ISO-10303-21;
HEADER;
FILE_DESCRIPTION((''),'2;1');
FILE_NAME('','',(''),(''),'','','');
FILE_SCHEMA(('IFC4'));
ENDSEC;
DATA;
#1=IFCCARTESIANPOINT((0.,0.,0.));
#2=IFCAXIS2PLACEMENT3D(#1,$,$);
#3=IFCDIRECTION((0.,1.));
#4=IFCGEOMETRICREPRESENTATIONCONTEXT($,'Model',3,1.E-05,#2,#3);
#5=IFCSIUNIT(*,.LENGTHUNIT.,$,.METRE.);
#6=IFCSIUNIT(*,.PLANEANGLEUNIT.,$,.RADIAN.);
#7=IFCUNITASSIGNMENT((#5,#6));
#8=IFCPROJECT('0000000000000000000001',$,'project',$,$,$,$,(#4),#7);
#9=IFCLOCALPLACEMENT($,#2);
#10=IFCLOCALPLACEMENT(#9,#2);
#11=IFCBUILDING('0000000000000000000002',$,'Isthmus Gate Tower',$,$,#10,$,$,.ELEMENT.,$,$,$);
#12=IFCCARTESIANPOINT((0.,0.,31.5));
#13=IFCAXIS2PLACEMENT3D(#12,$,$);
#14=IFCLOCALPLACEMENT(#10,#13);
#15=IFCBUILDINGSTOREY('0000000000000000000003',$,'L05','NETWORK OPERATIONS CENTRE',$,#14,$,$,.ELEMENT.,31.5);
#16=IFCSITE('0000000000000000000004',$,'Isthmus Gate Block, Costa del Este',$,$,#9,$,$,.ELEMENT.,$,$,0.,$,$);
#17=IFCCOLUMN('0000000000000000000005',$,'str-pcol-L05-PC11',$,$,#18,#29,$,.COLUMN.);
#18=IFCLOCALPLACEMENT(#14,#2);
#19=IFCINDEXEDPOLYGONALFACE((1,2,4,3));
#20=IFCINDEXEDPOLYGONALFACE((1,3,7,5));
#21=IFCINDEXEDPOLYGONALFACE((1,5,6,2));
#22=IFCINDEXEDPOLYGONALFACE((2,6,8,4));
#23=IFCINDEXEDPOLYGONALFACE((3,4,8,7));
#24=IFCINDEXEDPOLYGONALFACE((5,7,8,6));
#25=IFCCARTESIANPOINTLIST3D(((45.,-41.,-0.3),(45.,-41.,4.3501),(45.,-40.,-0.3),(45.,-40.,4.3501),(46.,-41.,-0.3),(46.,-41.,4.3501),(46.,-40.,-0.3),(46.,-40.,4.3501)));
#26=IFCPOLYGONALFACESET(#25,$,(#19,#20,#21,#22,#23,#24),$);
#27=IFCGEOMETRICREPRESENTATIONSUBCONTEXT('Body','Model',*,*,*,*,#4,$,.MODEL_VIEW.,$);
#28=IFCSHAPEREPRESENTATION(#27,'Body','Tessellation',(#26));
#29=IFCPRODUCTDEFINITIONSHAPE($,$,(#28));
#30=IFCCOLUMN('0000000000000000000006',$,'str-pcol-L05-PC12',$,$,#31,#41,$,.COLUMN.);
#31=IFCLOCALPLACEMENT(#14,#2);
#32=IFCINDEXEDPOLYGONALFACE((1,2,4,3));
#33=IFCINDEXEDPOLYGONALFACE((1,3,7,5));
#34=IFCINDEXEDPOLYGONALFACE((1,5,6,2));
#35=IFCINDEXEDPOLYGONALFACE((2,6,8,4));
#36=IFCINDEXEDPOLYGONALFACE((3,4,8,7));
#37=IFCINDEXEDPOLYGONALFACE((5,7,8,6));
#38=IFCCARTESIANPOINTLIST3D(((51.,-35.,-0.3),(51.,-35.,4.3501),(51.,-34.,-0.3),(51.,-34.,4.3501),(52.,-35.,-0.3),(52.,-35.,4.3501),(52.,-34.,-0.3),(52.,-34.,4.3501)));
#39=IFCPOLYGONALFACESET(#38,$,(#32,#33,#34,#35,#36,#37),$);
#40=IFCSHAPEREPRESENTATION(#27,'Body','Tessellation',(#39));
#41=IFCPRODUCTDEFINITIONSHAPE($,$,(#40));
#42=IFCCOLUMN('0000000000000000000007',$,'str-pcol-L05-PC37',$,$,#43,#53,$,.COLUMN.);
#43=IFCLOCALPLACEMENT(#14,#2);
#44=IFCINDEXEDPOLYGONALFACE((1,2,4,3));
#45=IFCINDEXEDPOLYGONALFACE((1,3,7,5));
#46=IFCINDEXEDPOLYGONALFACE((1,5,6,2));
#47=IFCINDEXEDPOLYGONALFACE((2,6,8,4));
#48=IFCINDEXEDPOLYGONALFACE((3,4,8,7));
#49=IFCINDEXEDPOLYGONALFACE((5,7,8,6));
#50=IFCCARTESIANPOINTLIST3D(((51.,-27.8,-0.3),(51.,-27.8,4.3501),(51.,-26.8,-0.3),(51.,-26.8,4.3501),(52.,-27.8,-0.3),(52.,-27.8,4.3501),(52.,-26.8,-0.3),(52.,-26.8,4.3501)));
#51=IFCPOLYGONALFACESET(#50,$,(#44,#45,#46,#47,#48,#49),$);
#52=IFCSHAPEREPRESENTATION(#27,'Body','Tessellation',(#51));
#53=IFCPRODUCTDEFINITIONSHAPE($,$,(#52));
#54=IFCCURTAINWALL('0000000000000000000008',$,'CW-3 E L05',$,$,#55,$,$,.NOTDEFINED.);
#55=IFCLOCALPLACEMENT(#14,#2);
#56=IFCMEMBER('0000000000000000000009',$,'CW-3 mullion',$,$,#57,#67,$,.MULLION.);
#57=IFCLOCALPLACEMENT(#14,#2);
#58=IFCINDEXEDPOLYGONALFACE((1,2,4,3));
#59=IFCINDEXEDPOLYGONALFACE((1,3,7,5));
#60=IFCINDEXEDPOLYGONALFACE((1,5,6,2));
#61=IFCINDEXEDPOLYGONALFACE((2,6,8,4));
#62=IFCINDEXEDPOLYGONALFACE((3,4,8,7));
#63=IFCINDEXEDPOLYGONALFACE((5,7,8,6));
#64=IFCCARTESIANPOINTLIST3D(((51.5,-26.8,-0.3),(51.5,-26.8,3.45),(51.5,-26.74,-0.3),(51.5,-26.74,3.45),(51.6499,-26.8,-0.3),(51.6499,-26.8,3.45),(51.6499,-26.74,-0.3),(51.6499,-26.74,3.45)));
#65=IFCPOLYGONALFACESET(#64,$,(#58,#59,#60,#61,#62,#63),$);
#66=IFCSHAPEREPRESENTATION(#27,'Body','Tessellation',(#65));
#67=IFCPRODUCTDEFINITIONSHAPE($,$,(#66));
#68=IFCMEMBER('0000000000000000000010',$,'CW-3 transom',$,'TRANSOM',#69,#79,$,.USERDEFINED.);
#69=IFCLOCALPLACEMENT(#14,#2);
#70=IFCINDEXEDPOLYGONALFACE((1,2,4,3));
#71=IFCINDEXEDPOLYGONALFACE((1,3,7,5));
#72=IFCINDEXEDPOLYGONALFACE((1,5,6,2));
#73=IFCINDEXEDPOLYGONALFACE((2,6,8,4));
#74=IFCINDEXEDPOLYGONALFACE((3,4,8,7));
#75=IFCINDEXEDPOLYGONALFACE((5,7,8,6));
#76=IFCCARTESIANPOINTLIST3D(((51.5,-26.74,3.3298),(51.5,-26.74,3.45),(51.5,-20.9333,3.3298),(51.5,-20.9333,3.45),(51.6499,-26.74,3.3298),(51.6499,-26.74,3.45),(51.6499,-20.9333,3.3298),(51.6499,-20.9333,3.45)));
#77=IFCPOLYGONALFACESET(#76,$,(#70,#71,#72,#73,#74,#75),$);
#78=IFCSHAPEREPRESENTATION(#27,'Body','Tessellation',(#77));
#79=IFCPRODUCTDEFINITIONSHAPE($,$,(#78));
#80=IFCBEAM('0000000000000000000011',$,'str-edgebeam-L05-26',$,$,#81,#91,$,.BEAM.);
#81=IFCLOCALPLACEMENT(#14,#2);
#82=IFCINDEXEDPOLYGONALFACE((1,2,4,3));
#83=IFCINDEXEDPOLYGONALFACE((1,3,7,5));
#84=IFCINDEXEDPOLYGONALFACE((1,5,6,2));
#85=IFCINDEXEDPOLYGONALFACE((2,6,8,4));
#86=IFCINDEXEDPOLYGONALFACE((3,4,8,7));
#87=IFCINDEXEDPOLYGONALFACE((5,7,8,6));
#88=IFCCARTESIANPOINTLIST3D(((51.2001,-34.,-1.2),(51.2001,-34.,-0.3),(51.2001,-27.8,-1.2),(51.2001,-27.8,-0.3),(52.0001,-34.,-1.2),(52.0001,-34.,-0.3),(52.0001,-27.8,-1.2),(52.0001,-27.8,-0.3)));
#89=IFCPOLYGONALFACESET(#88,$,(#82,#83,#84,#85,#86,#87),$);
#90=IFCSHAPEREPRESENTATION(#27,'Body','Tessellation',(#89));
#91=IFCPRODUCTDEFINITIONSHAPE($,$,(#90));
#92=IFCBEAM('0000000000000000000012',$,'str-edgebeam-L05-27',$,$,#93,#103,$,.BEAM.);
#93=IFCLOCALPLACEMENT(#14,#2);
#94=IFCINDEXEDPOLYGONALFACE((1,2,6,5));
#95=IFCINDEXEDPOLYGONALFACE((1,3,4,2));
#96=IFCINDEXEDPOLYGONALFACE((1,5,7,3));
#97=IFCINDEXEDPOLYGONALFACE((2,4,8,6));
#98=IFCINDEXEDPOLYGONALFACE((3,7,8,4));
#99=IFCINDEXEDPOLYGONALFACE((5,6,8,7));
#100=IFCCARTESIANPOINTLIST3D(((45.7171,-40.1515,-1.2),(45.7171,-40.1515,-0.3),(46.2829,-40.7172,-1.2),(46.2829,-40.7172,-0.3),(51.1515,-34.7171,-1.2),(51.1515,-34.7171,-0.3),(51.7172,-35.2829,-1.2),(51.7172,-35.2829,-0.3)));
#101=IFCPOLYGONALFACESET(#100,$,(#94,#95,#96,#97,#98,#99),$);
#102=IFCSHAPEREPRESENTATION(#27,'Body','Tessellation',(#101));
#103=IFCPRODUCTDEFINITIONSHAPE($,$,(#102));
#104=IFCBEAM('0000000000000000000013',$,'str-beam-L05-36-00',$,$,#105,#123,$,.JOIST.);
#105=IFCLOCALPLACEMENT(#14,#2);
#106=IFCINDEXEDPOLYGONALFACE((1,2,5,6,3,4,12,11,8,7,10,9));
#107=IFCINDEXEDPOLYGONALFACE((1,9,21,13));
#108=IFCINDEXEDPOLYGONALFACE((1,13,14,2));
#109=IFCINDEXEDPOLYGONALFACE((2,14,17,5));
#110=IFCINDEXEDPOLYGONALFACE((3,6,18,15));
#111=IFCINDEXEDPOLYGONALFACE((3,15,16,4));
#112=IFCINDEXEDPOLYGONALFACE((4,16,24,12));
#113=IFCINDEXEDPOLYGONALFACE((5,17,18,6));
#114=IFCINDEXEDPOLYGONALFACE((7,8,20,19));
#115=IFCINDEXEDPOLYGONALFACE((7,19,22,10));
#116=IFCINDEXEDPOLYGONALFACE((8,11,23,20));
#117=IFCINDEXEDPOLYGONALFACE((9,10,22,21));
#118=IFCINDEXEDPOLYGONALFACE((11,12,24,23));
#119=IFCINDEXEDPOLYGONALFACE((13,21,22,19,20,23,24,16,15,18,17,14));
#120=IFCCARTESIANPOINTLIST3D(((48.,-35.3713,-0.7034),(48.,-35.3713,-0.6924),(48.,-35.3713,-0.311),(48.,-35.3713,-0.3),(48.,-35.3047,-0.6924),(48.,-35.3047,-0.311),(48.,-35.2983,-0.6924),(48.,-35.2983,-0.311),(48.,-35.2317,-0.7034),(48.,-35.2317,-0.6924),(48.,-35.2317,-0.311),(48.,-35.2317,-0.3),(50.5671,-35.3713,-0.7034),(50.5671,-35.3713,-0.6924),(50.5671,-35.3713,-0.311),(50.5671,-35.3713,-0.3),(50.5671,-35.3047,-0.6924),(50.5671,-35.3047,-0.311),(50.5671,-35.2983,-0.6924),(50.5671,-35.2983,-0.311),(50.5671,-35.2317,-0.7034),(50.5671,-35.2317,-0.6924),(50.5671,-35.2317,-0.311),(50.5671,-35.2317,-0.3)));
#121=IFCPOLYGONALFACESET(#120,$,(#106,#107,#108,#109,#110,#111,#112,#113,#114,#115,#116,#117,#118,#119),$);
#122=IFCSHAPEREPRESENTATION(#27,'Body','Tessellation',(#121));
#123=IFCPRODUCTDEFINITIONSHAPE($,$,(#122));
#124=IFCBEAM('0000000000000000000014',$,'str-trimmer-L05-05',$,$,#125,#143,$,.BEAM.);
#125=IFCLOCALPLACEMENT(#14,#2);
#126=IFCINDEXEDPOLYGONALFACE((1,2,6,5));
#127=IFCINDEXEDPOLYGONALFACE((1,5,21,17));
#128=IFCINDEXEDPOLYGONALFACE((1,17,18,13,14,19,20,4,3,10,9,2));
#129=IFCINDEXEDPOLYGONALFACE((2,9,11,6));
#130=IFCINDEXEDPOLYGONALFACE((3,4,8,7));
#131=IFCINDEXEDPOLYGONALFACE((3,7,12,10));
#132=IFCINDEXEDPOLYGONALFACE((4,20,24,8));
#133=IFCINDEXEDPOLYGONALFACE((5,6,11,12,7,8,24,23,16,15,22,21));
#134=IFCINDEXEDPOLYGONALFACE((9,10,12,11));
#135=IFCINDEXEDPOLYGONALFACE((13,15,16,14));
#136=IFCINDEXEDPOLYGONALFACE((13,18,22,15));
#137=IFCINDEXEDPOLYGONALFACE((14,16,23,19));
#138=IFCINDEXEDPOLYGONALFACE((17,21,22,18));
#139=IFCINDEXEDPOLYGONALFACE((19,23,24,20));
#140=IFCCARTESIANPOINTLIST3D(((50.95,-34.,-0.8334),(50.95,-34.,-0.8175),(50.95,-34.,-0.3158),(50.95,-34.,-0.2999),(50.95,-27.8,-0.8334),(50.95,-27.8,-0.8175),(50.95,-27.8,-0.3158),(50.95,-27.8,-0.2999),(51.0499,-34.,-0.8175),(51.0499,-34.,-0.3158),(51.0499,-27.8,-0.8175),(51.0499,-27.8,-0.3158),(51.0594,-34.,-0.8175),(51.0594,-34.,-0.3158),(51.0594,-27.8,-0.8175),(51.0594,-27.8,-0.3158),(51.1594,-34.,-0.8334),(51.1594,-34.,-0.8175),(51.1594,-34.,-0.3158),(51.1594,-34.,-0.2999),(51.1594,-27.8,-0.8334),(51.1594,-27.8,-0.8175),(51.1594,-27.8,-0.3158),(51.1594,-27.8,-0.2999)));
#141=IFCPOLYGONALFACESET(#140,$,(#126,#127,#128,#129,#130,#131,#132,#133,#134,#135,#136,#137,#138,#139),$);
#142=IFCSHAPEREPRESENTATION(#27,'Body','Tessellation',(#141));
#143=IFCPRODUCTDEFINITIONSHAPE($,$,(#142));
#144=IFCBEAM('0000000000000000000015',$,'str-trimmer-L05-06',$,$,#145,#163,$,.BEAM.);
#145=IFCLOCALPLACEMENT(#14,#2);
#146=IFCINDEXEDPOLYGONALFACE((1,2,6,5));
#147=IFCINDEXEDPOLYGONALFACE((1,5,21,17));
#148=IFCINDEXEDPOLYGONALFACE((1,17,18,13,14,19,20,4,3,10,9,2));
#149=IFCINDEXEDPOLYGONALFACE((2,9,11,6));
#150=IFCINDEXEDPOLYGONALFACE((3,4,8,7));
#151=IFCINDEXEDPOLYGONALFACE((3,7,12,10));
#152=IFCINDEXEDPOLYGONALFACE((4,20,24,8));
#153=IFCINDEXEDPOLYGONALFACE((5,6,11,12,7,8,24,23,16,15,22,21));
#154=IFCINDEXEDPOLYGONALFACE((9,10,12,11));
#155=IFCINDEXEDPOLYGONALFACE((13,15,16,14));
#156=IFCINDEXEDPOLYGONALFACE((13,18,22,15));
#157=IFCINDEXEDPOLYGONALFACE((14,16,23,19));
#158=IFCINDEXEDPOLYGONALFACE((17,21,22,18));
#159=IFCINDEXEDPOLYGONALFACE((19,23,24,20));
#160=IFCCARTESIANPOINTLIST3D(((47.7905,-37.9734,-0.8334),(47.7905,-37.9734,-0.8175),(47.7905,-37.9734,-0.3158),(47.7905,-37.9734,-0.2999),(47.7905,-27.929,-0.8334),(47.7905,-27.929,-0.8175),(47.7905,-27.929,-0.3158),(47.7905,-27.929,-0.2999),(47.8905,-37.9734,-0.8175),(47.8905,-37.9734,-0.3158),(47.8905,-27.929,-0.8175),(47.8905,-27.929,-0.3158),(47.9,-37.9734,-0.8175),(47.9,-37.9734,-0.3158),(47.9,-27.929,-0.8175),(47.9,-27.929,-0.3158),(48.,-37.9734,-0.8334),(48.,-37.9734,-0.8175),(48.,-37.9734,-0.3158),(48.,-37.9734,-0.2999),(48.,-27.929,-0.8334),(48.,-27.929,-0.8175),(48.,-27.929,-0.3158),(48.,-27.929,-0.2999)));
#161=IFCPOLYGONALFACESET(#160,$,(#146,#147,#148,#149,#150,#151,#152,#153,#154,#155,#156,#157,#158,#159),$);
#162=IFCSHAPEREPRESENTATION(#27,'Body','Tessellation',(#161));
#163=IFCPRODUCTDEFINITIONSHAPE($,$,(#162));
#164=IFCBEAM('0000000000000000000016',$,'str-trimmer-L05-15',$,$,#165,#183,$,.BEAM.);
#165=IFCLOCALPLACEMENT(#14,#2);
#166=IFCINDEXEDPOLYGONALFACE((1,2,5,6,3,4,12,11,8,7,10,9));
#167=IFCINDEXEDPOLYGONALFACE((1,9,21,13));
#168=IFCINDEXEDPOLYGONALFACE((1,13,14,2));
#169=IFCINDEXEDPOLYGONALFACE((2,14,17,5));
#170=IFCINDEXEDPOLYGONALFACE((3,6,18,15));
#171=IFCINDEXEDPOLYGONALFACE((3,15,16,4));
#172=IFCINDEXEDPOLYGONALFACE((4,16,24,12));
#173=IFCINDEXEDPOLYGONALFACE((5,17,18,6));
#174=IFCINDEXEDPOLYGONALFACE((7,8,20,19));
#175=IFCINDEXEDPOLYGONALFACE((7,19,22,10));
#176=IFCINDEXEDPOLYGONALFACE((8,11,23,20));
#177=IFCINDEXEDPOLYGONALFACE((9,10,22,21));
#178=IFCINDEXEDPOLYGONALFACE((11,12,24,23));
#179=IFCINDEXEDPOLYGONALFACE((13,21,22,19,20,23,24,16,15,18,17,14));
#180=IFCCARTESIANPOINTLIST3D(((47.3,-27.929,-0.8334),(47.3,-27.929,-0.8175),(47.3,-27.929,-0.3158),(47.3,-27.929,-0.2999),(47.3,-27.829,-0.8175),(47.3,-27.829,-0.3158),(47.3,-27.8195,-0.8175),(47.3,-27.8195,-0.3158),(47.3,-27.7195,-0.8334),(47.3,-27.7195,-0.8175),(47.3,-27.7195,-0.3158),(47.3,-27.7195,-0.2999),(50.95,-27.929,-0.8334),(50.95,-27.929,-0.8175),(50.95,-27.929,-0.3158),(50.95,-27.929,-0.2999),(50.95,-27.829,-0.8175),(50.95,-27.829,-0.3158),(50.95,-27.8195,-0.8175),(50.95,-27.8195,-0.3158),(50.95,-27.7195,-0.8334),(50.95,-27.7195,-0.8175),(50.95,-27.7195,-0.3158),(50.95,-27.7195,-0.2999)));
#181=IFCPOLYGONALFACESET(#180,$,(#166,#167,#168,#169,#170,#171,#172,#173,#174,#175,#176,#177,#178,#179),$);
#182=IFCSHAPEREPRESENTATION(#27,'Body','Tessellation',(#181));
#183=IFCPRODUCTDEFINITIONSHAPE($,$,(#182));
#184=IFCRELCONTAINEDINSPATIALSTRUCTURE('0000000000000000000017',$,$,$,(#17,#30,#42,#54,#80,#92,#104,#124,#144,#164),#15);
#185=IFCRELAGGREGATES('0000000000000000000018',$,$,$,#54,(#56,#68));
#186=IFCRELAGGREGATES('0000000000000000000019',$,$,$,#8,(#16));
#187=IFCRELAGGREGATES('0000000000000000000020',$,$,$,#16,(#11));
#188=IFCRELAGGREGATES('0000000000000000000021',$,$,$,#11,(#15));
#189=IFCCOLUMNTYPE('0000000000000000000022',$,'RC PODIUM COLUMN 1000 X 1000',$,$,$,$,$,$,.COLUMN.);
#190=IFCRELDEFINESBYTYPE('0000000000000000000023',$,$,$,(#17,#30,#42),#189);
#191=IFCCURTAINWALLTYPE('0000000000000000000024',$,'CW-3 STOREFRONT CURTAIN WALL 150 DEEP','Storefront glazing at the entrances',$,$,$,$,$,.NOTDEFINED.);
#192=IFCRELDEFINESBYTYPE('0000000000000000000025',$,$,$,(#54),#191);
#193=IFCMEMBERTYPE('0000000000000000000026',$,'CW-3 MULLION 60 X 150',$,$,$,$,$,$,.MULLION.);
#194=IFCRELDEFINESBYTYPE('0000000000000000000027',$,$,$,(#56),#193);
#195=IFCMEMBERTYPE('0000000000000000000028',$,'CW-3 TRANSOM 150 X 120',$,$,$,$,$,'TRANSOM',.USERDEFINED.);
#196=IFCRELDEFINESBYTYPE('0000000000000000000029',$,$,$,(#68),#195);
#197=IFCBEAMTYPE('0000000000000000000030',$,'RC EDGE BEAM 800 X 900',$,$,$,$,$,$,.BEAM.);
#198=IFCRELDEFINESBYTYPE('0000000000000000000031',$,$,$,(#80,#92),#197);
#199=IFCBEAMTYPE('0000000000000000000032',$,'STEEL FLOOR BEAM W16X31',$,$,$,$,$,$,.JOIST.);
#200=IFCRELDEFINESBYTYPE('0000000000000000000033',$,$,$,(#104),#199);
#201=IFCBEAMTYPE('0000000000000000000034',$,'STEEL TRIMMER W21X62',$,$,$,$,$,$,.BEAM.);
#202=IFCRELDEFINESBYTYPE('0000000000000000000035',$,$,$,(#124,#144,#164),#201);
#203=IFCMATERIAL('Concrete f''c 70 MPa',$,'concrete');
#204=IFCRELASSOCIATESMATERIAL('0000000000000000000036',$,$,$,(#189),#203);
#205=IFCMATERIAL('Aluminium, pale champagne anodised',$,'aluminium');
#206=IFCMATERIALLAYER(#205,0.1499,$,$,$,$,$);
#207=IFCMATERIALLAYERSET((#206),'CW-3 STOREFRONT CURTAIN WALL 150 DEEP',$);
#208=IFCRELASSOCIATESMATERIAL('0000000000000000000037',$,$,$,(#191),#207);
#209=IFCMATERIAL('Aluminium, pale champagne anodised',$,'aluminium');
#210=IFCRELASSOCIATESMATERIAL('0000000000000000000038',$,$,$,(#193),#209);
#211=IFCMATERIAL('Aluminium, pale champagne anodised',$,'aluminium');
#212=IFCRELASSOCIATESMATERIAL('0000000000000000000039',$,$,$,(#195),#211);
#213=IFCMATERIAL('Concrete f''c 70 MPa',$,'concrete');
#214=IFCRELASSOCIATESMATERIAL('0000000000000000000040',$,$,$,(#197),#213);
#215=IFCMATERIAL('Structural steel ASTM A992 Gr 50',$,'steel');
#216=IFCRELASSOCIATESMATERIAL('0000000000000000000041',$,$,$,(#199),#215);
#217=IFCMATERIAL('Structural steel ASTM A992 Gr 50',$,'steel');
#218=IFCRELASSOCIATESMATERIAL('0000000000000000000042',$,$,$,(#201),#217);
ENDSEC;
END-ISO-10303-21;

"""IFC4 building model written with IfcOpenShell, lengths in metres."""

from ifc_helpers import new_model, si_unit, direction, frame, origin, origin_2d, place, context, subcontext, project, spatial, rectangle, i_section, extrude, material, layer, layer_set, material_profile, profile_set, type_object, element, aggregate, save


model = new_model("IFC4")

# Units and contexts
model_context = context("Model", 3, precision=1e-05, world=origin(), true_north=direction((0.0, 1.0)))
body_context = subcontext(model_context, "Body", "Model", "MODEL_VIEW")
ifc_project = project(units=[si_unit("LENGTHUNIT", "METRE"), si_unit("PLANEANGLEUNIT", "RADIAN")], contexts=[model_context])

# Site, building, storey
site_placement = place(None, origin())
site = spatial("IfcSite", under=ifc_project, at=site_placement, Name="Isthmus Gate Block, Costa del Este", CompositionType="ELEMENT", RefElevation=0.0)
building_placement = place(site_placement, origin())
building = spatial("IfcBuilding", under=site, at=building_placement, Name="Isthmus Gate Tower", CompositionType="ELEMENT")
storey_placement = place(building_placement, frame((0.0, 0.0, 31.5)))
storey = spatial("IfcBuildingStorey", under=building, at=storey_placement, Name="L05", Description="NETWORK OPERATIONS CENTRE", CompositionType="ELEMENT", Elevation=31.5)

# Columns
ifc_material_1 = material(Name="Concrete f'c 70 MPa", Category="concrete")
ifc_material_profile_1 = material_profile(ifc_material_1, rectangle(XDim=1.0, YDim=1.0, at=origin_2d()), Name="RC 1000X1000")
ifc_profile_set_1 = profile_set([ifc_material_profile_1], Name="Concrete f'c 70 MPa")
column_type = type_object("IfcColumnType", Name="RC PODIUM COLUMN 1000 X 1000", PredefinedType="COLUMN", material=ifc_profile_set_1)
for number, where, z_axis, x_axis, name in (
    (1, (45.5, -40.5, -0.3), (0.0, 0.0, 1.0), (1.0, 0.0, 0.0), "str-pcol-L05-PC11"),
    (2, (51.5, -34.5, -0.3), (0.0, 0.0, 1.0), (0.0, 1.0, 0.0), "str-pcol-L05-PC12"),
    (3, (51.5, -27.3, -0.3), (0.0, 0.0, 1.0), (0.0, 1.0, 0.0), "str-pcol-L05-PC37"),
):
    element("IfcColumn", number, at=place(storey_placement, frame(where, z_axis=z_axis, x_axis=x_axis)), inside=storey, type_object=column_type, Name=name, PredefinedType="COLUMN", context=body_context, shape_type="SweptSolid", body=[
        extrude(rectangle(XDim=1.0, YDim=1.0, at=origin_2d()), origin(), (0.0, 0.0, 1.0), 4.6501),
    ])

# Curtain wall, members
ifc_material_2 = material(Name="Aluminium, pale champagne anodised", Category="aluminium")
ifc_layer_1 = layer(ifc_material_2, 0.1499)
ifc_layer_set_1 = layer_set([ifc_layer_1], Name="CW-3 STOREFRONT CURTAIN WALL 150 DEEP")
curtain_wall_type = type_object("IfcCurtainWallType", Name="CW-3 STOREFRONT CURTAIN WALL 150 DEEP", Description="Storefront glazing at the entrances", PredefinedType="NOTDEFINED", material=ifc_layer_set_1)
curtain_wall_placement = place(storey_placement, origin())
curtain_wall = element("IfcCurtainWall", 4, at=curtain_wall_placement, inside=storey, type_object=curtain_wall_type, Name="CW-3 E L05", PredefinedType="NOTDEFINED")
ifc_material_3 = material(Name="Aluminium, pale champagne anodised", Category="aluminium")
ifc_material_profile_2 = material_profile(ifc_material_3, rectangle(XDim=0.0601, YDim=0.1499, at=origin_2d()), Name="60x150")
ifc_profile_set_2 = profile_set([ifc_material_profile_2], Name="Aluminium, pale champagne anodised")
member_type_1 = type_object("IfcMemberType", Name="CW-3 MULLION 60 X 150", PredefinedType="MULLION", material=ifc_profile_set_2)
member_1_placement = place(storey_placement, frame((51.575, -26.77, -0.3), z_axis=(0.0, 0.0, 1.0), x_axis=(0.0, 1.0, 0.0)))
member_1 = element("IfcMember", 5, at=member_1_placement, type_object=member_type_1, Name="CW-3 mullion", PredefinedType="MULLION", context=body_context, shape_type="SweptSolid", body=[
    extrude(rectangle(XDim=0.0601, YDim=0.1499, at=origin_2d()), origin(), (0.0, 0.0, 1.0), 3.75),
])
ifc_material_4 = material(Name="Aluminium, pale champagne anodised", Category="aluminium")
ifc_material_profile_3 = material_profile(ifc_material_4, rectangle(XDim=0.1499, YDim=0.1201, at=origin_2d()), Name="150x120")
ifc_profile_set_3 = profile_set([ifc_material_profile_3], Name="Aluminium, pale champagne anodised")
member_type_2 = type_object("IfcMemberType", Name="CW-3 TRANSOM 150 X 120", ElementType="TRANSOM", PredefinedType="USERDEFINED", material=ifc_profile_set_3)
member_2_placement = place(storey_placement, frame((51.575, -26.74, 3.3899), z_axis=(0.0, 1.0, 0.0), x_axis=(-1.0, 0.0, 0.0)))
member_2 = element("IfcMember", 6, at=member_2_placement, type_object=member_type_2, Name="CW-3 transom", ObjectType="TRANSOM", PredefinedType="USERDEFINED", context=body_context, shape_type="SweptSolid", body=[
    extrude(rectangle(XDim=0.1499, YDim=0.1201, at=origin_2d()), origin(), (0.0, 0.0, 1.0), 5.8066),
])
aggregate(curtain_wall, [member_1, member_2])

# Beams
ifc_material_5 = material(Name="Concrete f'c 70 MPa", Category="concrete")
ifc_material_profile_4 = material_profile(ifc_material_5, rectangle(XDim=0.8, YDim=0.8999, at=origin_2d()), Name="RC 800X900")
ifc_profile_set_4 = profile_set([ifc_material_profile_4], Name="Concrete f'c 70 MPa")
beam_type_1 = type_object("IfcBeamType", Name="RC EDGE BEAM 800 X 900", PredefinedType="BEAM", material=ifc_profile_set_4)
beam_1_placement = place(storey_placement, frame((51.6001, -27.8, -0.75), z_axis=(0.0, -1.0, 0.0), x_axis=(1.0, 0.0, 0.0)))
element("IfcBeam", 7, at=beam_1_placement, inside=storey, type_object=beam_type_1, Name="str-edgebeam-L05-26", PredefinedType="BEAM", context=body_context, shape_type="SweptSolid", body=[
    extrude(rectangle(XDim=0.8, YDim=0.8999, at=origin_2d()), origin(), (0.0, 0.0, 1.0), 6.2),
])
beam_2_placement = place(storey_placement, frame((51.4343, -35.0, -0.75), z_axis=(-0.707107, -0.707107, 0.0), x_axis=(0.707107, -0.707107, 0.0)))
element("IfcBeam", 8, at=beam_2_placement, inside=storey, type_object=beam_type_1, Name="str-edgebeam-L05-27", PredefinedType="BEAM", context=body_context, shape_type="SweptSolid", body=[
    extrude(rectangle(XDim=0.8, YDim=0.8999, at=origin_2d()), origin(), (0.0, 0.0, 1.0), 7.6853),
])
ifc_material_6 = material(Name="Structural steel ASTM A992 Gr 50", Category="steel")
ifc_material_profile_5 = material_profile(ifc_material_6, i_section(OverallWidth=0.1396, OverallDepth=0.4033, WebThickness=0.0063, FlangeThickness=0.011, at=origin_2d()), Name="W16X31")
ifc_profile_set_5 = profile_set([ifc_material_profile_5], Name="Structural steel ASTM A992 Gr 50")
beam_type_2 = type_object("IfcBeamType", Name="STEEL FLOOR BEAM W16X31", PredefinedType="JOIST", material=ifc_profile_set_5)
beam_3_placement = place(storey_placement, frame((48.0, -35.3015, -0.5017), z_axis=(1.0, 0.0, 0.0), x_axis=(0.0, 1.0, 0.0)))
element("IfcBeam", 9, at=beam_3_placement, inside=storey, type_object=beam_type_2, Name="str-beam-L05-36-00", PredefinedType="JOIST", context=body_context, shape_type="SweptSolid", body=[
    extrude(i_section(OverallWidth=0.1396, OverallDepth=0.4033, WebThickness=0.0063, FlangeThickness=0.011, at=origin_2d()), origin(), (0.0, 0.0, 1.0), 2.5671),
])
ifc_material_7 = material(Name="Structural steel ASTM A992 Gr 50", Category="steel")
ifc_material_profile_6 = material_profile(ifc_material_7, i_section(OverallWidth=0.2095, OverallDepth=0.5334, WebThickness=0.0095, FlangeThickness=0.0159, at=origin_2d()), Name="W21X62")
ifc_profile_set_6 = profile_set([ifc_material_profile_6], Name="Structural steel ASTM A992 Gr 50")
beam_type_3 = type_object("IfcBeamType", Name="STEEL TRIMMER W21X62", PredefinedType="BEAM", material=ifc_profile_set_6)
beam_4_placement = place(storey_placement, frame((51.0547, -34.0, -0.5667), z_axis=(0.0, 1.0, 0.0), x_axis=(-1.0, 0.0, 0.0)))
element("IfcBeam", 10, at=beam_4_placement, inside=storey, type_object=beam_type_3, Name="str-trimmer-L05-05", PredefinedType="BEAM", context=body_context, shape_type="SweptSolid", body=[
    extrude(i_section(OverallWidth=0.2095, OverallDepth=0.5334, WebThickness=0.0095, FlangeThickness=0.0159, at=origin_2d()), origin(), (0.0, 0.0, 1.0), 6.2),
])
beam_5_placement = place(storey_placement, frame((47.8953, -27.929, -0.5667), z_axis=(0.0, -1.0, 0.0), x_axis=(1.0, 0.0, 0.0)))
element("IfcBeam", 11, at=beam_5_placement, inside=storey, type_object=beam_type_3, Name="str-trimmer-L05-06", PredefinedType="BEAM", context=body_context, shape_type="SweptSolid", body=[
    extrude(i_section(OverallWidth=0.2095, OverallDepth=0.5334, WebThickness=0.0095, FlangeThickness=0.0159, at=origin_2d()), origin(), (0.0, 0.0, 1.0), 10.0444),
])
beam_6_placement = place(storey_placement, frame((50.95, -27.8242, -0.5667), z_axis=(-1.0, 0.0, 0.0), x_axis=(0.0, -1.0, 0.0)))
element("IfcBeam", 12, at=beam_6_placement, inside=storey, type_object=beam_type_3, Name="str-trimmer-L05-15", PredefinedType="BEAM", context=body_context, shape_type="SweptSolid", body=[
    extrude(i_section(OverallWidth=0.2095, OverallDepth=0.5334, WebThickness=0.0095, FlangeThickness=0.0159, at=origin_2d()), origin(), (0.0, 0.0, 1.0), 3.6499),
])

save(model, "model.ifc")
